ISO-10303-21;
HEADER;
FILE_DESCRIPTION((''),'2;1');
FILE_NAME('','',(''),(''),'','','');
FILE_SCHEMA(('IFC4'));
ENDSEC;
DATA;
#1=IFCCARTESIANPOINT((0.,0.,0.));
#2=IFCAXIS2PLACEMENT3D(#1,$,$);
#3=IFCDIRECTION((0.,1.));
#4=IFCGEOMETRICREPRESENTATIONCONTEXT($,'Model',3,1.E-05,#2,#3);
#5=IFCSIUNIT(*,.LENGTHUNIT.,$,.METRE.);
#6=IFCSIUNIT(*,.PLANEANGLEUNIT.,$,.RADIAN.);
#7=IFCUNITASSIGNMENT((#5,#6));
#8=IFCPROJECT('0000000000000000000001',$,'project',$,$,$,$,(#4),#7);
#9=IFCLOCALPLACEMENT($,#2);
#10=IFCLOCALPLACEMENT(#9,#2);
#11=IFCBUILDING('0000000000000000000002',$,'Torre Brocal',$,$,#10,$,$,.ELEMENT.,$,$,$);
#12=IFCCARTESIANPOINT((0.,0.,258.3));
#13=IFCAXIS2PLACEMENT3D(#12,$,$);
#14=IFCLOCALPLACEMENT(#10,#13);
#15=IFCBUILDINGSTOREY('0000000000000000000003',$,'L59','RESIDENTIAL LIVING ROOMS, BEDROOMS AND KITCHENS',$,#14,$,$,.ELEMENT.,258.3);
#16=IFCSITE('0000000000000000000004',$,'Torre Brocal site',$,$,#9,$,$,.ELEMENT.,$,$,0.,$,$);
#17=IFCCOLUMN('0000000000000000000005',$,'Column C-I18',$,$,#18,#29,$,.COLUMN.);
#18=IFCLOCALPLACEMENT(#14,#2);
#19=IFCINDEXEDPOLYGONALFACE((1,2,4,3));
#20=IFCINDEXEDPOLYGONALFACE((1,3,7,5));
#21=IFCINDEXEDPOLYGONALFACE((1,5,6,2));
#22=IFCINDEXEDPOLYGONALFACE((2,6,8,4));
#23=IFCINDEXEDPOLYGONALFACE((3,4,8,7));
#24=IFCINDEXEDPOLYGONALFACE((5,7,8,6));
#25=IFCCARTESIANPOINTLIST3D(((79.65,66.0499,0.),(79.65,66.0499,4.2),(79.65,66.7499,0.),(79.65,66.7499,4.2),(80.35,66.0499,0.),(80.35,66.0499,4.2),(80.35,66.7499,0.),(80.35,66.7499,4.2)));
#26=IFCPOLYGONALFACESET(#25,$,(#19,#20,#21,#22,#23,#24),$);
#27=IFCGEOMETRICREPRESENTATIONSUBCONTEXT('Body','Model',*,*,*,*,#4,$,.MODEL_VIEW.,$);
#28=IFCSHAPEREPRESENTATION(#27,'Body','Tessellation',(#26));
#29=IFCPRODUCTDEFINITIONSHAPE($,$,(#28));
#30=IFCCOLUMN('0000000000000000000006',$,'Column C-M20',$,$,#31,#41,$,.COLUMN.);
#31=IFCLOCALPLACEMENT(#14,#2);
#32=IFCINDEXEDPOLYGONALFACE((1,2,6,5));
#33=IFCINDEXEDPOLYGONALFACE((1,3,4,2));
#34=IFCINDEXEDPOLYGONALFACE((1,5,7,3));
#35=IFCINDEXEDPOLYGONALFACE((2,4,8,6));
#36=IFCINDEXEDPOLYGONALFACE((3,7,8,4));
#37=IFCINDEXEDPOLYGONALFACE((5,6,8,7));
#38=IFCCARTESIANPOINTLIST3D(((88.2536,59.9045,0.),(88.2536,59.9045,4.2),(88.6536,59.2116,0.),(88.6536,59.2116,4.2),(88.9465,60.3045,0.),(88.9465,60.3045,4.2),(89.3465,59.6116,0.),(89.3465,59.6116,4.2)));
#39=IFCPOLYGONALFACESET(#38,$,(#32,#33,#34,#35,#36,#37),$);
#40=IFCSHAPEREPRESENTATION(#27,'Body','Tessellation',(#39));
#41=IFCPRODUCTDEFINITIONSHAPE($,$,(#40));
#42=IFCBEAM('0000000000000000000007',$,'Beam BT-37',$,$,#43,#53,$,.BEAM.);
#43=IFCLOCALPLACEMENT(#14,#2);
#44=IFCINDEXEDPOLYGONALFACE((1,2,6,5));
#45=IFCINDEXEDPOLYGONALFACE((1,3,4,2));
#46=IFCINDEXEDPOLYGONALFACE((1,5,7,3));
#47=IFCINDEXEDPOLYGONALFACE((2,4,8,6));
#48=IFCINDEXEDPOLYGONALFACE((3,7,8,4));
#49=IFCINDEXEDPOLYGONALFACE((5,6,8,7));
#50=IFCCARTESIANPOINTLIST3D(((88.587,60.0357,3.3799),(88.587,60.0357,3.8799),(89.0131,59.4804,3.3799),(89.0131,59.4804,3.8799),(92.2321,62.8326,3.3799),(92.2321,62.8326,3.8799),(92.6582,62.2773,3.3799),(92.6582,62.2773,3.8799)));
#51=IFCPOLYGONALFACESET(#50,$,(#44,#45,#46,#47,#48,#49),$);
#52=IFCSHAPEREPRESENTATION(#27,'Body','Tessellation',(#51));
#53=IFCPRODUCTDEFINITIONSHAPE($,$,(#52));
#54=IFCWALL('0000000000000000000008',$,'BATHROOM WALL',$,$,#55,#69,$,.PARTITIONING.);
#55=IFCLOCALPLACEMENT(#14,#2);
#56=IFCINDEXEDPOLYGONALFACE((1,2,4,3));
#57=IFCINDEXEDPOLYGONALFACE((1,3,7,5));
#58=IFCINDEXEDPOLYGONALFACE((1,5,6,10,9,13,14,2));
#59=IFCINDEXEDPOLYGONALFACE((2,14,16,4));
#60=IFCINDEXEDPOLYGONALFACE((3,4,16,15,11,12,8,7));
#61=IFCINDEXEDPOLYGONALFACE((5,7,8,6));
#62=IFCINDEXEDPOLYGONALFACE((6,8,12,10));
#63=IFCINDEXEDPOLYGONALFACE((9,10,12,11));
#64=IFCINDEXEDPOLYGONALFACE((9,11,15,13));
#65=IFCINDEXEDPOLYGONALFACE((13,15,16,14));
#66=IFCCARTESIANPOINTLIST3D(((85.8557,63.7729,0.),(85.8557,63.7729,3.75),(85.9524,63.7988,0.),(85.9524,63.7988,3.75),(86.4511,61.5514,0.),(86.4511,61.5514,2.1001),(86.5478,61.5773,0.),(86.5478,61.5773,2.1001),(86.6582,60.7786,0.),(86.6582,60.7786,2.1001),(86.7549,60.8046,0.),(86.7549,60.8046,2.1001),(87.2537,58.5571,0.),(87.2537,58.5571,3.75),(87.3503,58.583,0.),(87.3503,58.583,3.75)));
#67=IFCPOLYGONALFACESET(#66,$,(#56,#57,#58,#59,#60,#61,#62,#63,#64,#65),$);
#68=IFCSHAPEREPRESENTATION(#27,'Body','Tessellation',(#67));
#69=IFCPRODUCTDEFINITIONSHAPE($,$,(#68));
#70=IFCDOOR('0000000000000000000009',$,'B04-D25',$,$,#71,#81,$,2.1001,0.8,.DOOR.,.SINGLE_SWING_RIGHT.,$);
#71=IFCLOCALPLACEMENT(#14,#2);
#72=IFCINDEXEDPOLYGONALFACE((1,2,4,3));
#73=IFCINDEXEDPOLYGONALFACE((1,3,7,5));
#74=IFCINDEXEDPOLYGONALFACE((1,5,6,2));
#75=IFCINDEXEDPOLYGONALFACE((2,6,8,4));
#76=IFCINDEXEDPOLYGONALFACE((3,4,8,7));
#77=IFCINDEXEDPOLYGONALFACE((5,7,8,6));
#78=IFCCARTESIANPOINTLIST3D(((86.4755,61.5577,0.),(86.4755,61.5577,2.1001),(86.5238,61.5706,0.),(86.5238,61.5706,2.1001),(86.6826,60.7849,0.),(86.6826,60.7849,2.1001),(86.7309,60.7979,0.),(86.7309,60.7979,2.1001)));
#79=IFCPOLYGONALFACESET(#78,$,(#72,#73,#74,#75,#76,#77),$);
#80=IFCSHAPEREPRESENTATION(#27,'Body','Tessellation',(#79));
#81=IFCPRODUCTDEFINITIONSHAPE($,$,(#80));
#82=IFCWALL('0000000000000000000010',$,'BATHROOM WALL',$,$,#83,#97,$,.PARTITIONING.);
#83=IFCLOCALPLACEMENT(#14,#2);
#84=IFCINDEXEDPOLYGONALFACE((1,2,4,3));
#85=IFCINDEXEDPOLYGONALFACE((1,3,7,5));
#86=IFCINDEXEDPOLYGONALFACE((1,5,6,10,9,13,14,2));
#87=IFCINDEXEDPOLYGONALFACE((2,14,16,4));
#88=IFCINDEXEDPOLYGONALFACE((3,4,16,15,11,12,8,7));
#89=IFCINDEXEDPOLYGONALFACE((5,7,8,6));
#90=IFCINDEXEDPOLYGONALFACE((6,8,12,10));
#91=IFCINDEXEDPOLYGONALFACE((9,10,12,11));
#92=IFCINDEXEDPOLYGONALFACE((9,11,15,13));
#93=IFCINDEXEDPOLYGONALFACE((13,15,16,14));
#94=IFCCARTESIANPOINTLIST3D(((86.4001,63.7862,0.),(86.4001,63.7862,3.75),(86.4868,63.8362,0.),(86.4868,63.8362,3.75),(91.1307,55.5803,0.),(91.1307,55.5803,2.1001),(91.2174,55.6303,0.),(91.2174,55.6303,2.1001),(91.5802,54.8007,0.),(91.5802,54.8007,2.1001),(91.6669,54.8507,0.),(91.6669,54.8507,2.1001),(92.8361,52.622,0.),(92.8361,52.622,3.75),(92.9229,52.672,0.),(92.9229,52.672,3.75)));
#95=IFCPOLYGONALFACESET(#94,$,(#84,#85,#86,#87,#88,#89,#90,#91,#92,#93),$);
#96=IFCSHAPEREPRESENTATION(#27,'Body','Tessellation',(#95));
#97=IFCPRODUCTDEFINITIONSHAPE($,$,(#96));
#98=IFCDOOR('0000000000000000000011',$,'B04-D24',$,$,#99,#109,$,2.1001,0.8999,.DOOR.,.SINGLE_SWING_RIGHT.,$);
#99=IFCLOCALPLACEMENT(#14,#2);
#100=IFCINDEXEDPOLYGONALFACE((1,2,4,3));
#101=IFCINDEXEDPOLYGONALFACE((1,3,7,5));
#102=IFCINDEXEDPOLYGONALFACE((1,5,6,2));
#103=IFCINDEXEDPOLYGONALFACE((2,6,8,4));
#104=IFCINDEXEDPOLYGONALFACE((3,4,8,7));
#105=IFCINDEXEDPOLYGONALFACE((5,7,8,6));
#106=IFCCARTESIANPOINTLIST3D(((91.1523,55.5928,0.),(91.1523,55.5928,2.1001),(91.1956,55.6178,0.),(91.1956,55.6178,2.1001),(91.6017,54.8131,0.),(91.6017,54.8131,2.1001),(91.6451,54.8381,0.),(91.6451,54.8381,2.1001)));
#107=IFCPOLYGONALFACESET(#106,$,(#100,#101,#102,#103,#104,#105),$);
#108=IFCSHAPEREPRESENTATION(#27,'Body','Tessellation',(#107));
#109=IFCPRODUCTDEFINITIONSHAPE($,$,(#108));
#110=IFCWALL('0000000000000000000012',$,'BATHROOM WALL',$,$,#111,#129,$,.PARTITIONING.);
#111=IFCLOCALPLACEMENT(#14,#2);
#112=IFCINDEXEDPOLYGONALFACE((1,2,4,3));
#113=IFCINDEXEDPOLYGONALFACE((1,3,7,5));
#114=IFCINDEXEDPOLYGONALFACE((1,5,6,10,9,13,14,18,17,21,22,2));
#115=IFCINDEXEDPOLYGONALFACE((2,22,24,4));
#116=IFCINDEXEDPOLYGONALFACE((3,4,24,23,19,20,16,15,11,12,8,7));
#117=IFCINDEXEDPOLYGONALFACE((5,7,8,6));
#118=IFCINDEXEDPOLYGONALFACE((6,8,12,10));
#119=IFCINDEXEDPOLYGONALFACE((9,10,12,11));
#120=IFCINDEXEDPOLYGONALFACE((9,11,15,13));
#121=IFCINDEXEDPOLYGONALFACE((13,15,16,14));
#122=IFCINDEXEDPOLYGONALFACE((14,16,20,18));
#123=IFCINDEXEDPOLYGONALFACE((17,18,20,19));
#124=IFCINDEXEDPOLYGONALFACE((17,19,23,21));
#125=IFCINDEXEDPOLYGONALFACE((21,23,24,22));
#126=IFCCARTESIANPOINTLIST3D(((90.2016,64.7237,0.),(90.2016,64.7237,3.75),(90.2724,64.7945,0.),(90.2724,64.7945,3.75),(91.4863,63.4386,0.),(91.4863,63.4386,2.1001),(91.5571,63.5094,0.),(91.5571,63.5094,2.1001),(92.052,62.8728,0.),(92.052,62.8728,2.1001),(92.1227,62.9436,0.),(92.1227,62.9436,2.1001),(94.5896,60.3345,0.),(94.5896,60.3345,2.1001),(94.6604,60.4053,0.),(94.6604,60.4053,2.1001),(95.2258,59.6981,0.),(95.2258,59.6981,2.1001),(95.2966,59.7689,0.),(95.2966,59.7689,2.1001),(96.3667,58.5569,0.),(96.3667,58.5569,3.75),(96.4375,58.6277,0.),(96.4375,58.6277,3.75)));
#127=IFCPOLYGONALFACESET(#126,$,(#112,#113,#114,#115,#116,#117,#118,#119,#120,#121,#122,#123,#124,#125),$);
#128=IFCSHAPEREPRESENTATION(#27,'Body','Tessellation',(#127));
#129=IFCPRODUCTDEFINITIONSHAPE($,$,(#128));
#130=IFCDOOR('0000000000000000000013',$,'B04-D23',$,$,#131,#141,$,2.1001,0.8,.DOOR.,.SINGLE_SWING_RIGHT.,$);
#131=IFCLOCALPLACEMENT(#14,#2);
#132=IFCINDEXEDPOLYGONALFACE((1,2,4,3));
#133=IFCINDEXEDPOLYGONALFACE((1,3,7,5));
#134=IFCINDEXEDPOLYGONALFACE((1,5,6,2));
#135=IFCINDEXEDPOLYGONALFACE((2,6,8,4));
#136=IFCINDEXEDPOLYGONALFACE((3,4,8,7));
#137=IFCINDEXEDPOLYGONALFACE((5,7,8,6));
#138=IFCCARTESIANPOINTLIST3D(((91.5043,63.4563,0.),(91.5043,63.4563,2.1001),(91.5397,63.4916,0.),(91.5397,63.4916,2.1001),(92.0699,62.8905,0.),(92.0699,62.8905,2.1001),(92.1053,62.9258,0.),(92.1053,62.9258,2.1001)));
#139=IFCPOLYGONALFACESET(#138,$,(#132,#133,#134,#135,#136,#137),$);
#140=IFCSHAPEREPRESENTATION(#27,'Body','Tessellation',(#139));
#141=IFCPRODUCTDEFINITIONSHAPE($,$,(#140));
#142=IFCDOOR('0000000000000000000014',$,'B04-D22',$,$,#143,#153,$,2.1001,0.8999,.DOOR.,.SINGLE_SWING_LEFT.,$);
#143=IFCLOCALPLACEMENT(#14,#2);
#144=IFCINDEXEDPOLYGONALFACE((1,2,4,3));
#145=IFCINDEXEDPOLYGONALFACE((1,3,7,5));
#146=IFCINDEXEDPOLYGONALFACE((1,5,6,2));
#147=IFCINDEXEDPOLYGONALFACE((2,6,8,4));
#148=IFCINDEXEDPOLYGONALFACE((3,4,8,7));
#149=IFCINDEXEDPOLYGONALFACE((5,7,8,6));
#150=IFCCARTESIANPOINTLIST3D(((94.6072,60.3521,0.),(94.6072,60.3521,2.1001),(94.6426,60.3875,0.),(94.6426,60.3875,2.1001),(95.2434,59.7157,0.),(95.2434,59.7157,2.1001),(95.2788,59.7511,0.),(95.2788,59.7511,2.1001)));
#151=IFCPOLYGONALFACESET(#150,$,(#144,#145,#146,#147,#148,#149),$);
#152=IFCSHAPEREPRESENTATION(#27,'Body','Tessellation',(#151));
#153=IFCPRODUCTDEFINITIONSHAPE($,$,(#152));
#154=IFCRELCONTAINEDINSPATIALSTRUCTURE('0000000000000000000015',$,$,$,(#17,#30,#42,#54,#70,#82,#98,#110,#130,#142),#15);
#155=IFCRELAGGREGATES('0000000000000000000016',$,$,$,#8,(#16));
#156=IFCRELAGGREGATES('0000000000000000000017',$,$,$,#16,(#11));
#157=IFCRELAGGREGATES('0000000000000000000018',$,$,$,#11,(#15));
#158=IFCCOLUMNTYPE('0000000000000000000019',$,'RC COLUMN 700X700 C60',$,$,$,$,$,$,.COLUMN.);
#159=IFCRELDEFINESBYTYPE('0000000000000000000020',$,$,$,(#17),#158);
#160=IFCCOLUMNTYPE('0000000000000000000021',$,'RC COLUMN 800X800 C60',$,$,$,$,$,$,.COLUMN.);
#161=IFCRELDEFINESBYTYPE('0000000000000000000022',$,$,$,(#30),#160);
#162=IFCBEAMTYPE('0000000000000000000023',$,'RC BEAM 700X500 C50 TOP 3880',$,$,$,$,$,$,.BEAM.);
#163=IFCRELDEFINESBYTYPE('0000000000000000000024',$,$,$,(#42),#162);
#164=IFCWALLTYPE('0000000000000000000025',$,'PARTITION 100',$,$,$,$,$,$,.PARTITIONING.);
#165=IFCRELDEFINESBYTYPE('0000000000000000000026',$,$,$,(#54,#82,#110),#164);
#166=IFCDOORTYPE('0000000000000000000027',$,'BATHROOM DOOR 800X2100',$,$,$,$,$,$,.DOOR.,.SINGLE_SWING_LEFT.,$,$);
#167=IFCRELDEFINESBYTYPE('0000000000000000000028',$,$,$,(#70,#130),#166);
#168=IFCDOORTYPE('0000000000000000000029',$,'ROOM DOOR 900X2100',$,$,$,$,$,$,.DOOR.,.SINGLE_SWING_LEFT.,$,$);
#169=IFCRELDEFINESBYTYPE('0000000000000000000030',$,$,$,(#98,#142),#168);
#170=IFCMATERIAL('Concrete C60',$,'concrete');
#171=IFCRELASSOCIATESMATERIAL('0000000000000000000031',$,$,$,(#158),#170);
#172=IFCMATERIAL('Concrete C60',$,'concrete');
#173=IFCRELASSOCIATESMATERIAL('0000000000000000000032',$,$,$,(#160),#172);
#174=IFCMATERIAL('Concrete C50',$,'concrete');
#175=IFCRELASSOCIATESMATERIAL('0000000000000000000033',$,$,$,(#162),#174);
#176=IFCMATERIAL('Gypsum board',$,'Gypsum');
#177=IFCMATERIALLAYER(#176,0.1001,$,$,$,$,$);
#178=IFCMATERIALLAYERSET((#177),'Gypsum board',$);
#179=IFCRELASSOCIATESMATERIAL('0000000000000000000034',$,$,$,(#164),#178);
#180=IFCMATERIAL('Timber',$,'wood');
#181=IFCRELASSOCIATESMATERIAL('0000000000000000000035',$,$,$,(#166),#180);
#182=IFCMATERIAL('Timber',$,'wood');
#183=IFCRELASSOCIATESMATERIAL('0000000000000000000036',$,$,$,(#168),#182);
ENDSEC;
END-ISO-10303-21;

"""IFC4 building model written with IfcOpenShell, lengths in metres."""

from ifc_helpers import new_model, si_unit, direction, frame, frame_2d, origin, origin_2d, place, context, subcontext, project, spatial, rectangle, extrude, material, layer, layer_set, material_profile, profile_set, type_object, element, fill, save


model = new_model("IFC4")

# Units and contexts
model_context = context("Model", 3, precision=1e-05, world=origin(), true_north=direction((0.0, 1.0)))
body_context = subcontext(model_context, "Body", "Model", "MODEL_VIEW")
ifc_project = project(units=[si_unit("LENGTHUNIT", "METRE"), si_unit("PLANEANGLEUNIT", "RADIAN")], contexts=[model_context])

# Site, building, storey
site_placement = place(None, origin())
site = spatial("IfcSite", under=ifc_project, at=site_placement, Name="Torre Brocal site", CompositionType="ELEMENT", RefElevation=0.0)
building_placement = place(site_placement, origin())
building = spatial("IfcBuilding", under=site, at=building_placement, Name="Torre Brocal", CompositionType="ELEMENT")
storey_placement = place(building_placement, frame((0.0, 0.0, 258.3)))
storey = spatial("IfcBuildingStorey", under=building, at=storey_placement, Name="L59", Description="RESIDENTIAL LIVING ROOMS, BEDROOMS AND KITCHENS", CompositionType="ELEMENT", Elevation=258.3)

# Columns
ifc_material_1 = material(Name="Concrete C60", Category="concrete")
ifc_material_profile_1 = material_profile(ifc_material_1, rectangle(XDim=0.7, YDim=0.7, at=origin_2d()), Name="RC 700X700")
ifc_profile_set_1 = profile_set([ifc_material_profile_1], Name="Concrete C60")
column_type_1 = type_object("IfcColumnType", Name="RC COLUMN 700X700 C60", PredefinedType="COLUMN", material=ifc_profile_set_1)
column_1_placement = place(storey_placement, frame((80.0, 66.3999, 0.0), z_axis=(0.0, 0.0, 1.0), x_axis=(0.0, -1.0, 0.0)))
element("IfcColumn", 1, at=column_1_placement, inside=storey, type_object=column_type_1, Name="Column C-I18", PredefinedType="COLUMN", context=body_context, shape_type="SweptSolid", body=[
    extrude(rectangle(XDim=0.7, YDim=0.7, at=origin_2d()), origin(), (0.0, 0.0, 1.0), 4.2),
])
ifc_material_2 = material(Name="Concrete C60", Category="concrete")
ifc_material_profile_2 = material_profile(ifc_material_2, rectangle(XDim=0.8, YDim=0.8, at=origin_2d()), Name="RC 800X800")
ifc_profile_set_2 = profile_set([ifc_material_profile_2], Name="Concrete C60")
column_type_2 = type_object("IfcColumnType", Name="RC COLUMN 800X800 C60", PredefinedType="COLUMN", material=ifc_profile_set_2)
column_2_placement = place(storey_placement, frame((88.8, 59.7581, 0.0), z_axis=(0.0, 0.0, 1.0), x_axis=(0.5, -0.866025, 0.0)))
element("IfcColumn", 2, at=column_2_placement, inside=storey, type_object=column_type_2, Name="Column C-M20", PredefinedType="COLUMN", context=body_context, shape_type="SweptSolid", body=[
    extrude(rectangle(XDim=0.8, YDim=0.8, at=origin_2d()), origin(), (0.0, 0.0, 1.0), 4.2),
])

# Beam
ifc_material_3 = material(Name="Concrete C50", Category="concrete")
ifc_material_profile_3 = material_profile(ifc_material_3, rectangle(XDim=0.7, YDim=0.5, at=origin_2d()), Name="RC 700X500")
ifc_profile_set_3 = profile_set([ifc_material_profile_3], Name="Concrete C50")
beam_type = type_object("IfcBeamType", Name="RC BEAM 700X500 C50 TOP 3880", PredefinedType="BEAM", material=ifc_profile_set_3)
beam_placement = place(storey_placement, frame((88.8, 59.7581, 3.6299), z_axis=(0.793358, 0.608755, 0.0), x_axis=(-0.608755, 0.793358, 0.0)))
element("IfcBeam", 3, at=beam_placement, inside=storey, type_object=beam_type, Name="Beam BT-37", PredefinedType="BEAM", context=body_context, shape_type="SweptSolid", body=[
    extrude(rectangle(XDim=0.7, YDim=0.5, at=origin_2d()), origin(), (0.0, 0.0, 1.0), 4.5945),
])

# Walls, openings, doors
ifc_material_4 = material(Name="Gypsum board", Category="Gypsum")
ifc_layer_1 = layer(ifc_material_4, 0.1001)
ifc_layer_set_1 = layer_set([ifc_layer_1], Name="Gypsum board")
wall_type_1 = type_object("IfcWallType", Name="PARTITION 100", PredefinedType="PARTITIONING", material=ifc_layer_set_1)
wall_1_placement = place(storey_placement, frame((85.9041, 63.7859, 0.0), z_axis=(0.0, 0.0, 1.0), x_axis=(0.258884, -0.965908, 0.0)))
wall_1 = element("IfcWall", 4, at=wall_1_placement, inside=storey, type_object=wall_type_1, Name="BATHROOM WALL", PredefinedType="PARTITIONING", context=body_context, shape_type="SweptSolid", body=[
    extrude(rectangle(XDim=5.3999, YDim=0.1001, at=frame_2d((2.7, 0.0))), origin(), (0.0, 0.0, 1.0), 3.75),
])
opening_1_placement = place(wall_1_placement, frame((2.3, 0.0, 0.0)))
opening_1 = element("IfcOpeningElement", 5, at=opening_1_placement, cuts=wall_1, PredefinedType="OPENING", context=body_context, shape_type="SweptSolid", body=[
    extrude(rectangle(XDim=0.8, YDim=2.1001, at=frame_2d((0.3999, 1.05))), frame((0.0, 0.0601, 0.0), z_axis=(0.0, -1.0, 0.0), x_axis=(1.0, 0.0, 0.0)), (0.0, 0.0, 1.0), 0.1201),
])
ifc_material_5 = material(Name="Timber", Category="wood")
door_type_1 = type_object("IfcDoorType", Name="BATHROOM DOOR 800X2100", OperationType="SINGLE_SWING_LEFT", PredefinedType="DOOR", material=ifc_material_5)
door_1_placement = place(opening_1_placement, frame((0.8, 0.0, 0.0), z_axis=(0.0, 0.0, 1.0), x_axis=(-1.0, 0.0, 0.0)))
door_1 = element("IfcDoor", 6, at=door_1_placement, inside=storey, type_object=door_type_1, Name="B04-D25", OperationType="SINGLE_SWING_RIGHT", OverallHeight=2.1001, OverallWidth=0.8, PredefinedType="DOOR", context=body_context, shape_type="SweptSolid", body=[
    extrude(rectangle(XDim=0.8, YDim=2.1001, at=frame_2d((0.3999, 1.05))), frame((0.0, 0.0249, 0.0), z_axis=(0.0, -1.0, 0.0), x_axis=(1.0, 0.0, 0.0)), (0.0, 0.0, 1.0), 0.05),
])
fill(opening_1, door_1)
wall_2_placement = place(storey_placement, frame((86.4434, 63.8113, 0.0), z_axis=(0.0, 0.0, 1.0), x_axis=(0.499445, -0.866346, 0.0)))
wall_2 = element("IfcWall", 7, at=wall_2_placement, inside=storey, type_object=wall_type_1, Name="BATHROOM WALL", PredefinedType="PARTITIONING", context=body_context, shape_type="SweptSolid", body=[
    extrude(rectangle(XDim=12.8865, YDim=0.1001, at=frame_2d((6.4434, 0.0))), origin(), (0.0, 0.0, 1.0), 3.75),
])
opening_2_placement = place(wall_2_placement, frame((9.4719, 0.0, 0.0)))
opening_2 = element("IfcOpeningElement", 8, at=opening_2_placement, cuts=wall_2, PredefinedType="OPENING", context=body_context, shape_type="SweptSolid", body=[
    extrude(rectangle(XDim=0.8999, YDim=2.1001, at=frame_2d((0.45, 1.05))), frame((0.0, 0.0601, 0.0), z_axis=(0.0, -1.0, 0.0), x_axis=(1.0, 0.0, 0.0)), (0.0, 0.0, 1.0), 0.1201),
])
ifc_material_6 = material(Name="Timber", Category="wood")
door_type_2 = type_object("IfcDoorType", Name="ROOM DOOR 900X2100", OperationType="SINGLE_SWING_LEFT", PredefinedType="DOOR", material=ifc_material_6)
door_2_placement = place(opening_2_placement, origin())
door_2 = element("IfcDoor", 9, at=door_2_placement, inside=storey, type_object=door_type_2, Name="B04-D24", OperationType="SINGLE_SWING_RIGHT", OverallHeight=2.1001, OverallWidth=0.8999, PredefinedType="DOOR", context=body_context, shape_type="SweptSolid", body=[
    extrude(rectangle(XDim=0.8999, YDim=2.1001, at=frame_2d((0.45, 1.05))), frame((0.0, 0.0249, 0.0), z_axis=(0.0, -1.0, 0.0), x_axis=(1.0, 0.0, 0.0)), (0.0, 0.0, 1.0), 0.05),
])
fill(opening_2, door_2)

# Wall, openings, doors
wall_3_placement = place(storey_placement, frame((90.2371, 64.759, 0.0), z_axis=(0.0, 0.0, 1.0), x_axis=(0.707009, -0.707205, 0.0)))
wall_3 = element("IfcWall", 10, at=wall_3_placement, inside=storey, type_object=wall_type_1, Name="BATHROOM WALL", PredefinedType="PARTITIONING", context=body_context, shape_type="SweptSolid", body=[
    extrude(rectangle(XDim=8.72, YDim=0.1001, at=frame_2d((4.3599, 0.0))), origin(), (0.0, 0.0, 1.0), 3.75),
])
opening_3_placement = place(wall_3_placement, frame((6.2063, 0.0, 0.0)))
opening_3 = element("IfcOpeningElement", 11, at=opening_3_placement, cuts=wall_3, PredefinedType="OPENING", context=body_context, shape_type="SweptSolid", body=[
    extrude(rectangle(XDim=0.8999, YDim=2.1001, at=frame_2d((0.45, 1.05))), frame((0.0, 0.0601, 0.0), z_axis=(0.0, -1.0, 0.0), x_axis=(1.0, 0.0, 0.0)), (0.0, 0.0, 1.0), 0.1201),
])
opening_4_placement = place(wall_3_placement, frame((1.8171, 0.0, 0.0)))
opening_4 = element("IfcOpeningElement", 12, at=opening_4_placement, cuts=wall_3, PredefinedType="OPENING", context=body_context, shape_type="SweptSolid", body=[
    extrude(rectangle(XDim=0.8, YDim=2.1001, at=frame_2d((0.3999, 1.05))), frame((0.0, 0.0601, 0.0), z_axis=(0.0, -1.0, 0.0), x_axis=(1.0, 0.0, 0.0)), (0.0, 0.0, 1.0), 0.1201),
])
door_3_placement = place(opening_4_placement, frame((0.8, 0.0, 0.0), z_axis=(0.0, 0.0, 1.0), x_axis=(-1.0, 0.0, 0.0)))
door_3 = element("IfcDoor", 13, at=door_3_placement, inside=storey, type_object=door_type_1, Name="B04-D23", OperationType="SINGLE_SWING_RIGHT", OverallHeight=2.1001, OverallWidth=0.8, PredefinedType="DOOR", context=body_context, shape_type="SweptSolid", body=[
    extrude(rectangle(XDim=0.8, YDim=2.1001, at=frame_2d((0.3999, 1.05))), frame((0.0, 0.0249, 0.0), z_axis=(0.0, -1.0, 0.0), x_axis=(1.0, 0.0, 0.0)), (0.0, 0.0, 1.0), 0.05),
])
fill(opening_4, door_3)
door_4_placement = place(opening_3_placement, origin())
door_4 = element("IfcDoor", 14, at=door_4_placement, inside=storey, type_object=door_type_2, Name="B04-D22", OperationType="SINGLE_SWING_LEFT", OverallHeight=2.1001, OverallWidth=0.8999, PredefinedType="DOOR", context=body_context, shape_type="SweptSolid", body=[
    extrude(rectangle(XDim=0.8999, YDim=2.1001, at=frame_2d((0.45, 1.05))), frame((0.0, 0.0249, 0.0), z_axis=(0.0, -1.0, 0.0), x_axis=(1.0, 0.0, 0.0)), (0.0, 0.0, 1.0), 0.05),
])
fill(opening_3, door_4)

save(model, "model.ifc")
